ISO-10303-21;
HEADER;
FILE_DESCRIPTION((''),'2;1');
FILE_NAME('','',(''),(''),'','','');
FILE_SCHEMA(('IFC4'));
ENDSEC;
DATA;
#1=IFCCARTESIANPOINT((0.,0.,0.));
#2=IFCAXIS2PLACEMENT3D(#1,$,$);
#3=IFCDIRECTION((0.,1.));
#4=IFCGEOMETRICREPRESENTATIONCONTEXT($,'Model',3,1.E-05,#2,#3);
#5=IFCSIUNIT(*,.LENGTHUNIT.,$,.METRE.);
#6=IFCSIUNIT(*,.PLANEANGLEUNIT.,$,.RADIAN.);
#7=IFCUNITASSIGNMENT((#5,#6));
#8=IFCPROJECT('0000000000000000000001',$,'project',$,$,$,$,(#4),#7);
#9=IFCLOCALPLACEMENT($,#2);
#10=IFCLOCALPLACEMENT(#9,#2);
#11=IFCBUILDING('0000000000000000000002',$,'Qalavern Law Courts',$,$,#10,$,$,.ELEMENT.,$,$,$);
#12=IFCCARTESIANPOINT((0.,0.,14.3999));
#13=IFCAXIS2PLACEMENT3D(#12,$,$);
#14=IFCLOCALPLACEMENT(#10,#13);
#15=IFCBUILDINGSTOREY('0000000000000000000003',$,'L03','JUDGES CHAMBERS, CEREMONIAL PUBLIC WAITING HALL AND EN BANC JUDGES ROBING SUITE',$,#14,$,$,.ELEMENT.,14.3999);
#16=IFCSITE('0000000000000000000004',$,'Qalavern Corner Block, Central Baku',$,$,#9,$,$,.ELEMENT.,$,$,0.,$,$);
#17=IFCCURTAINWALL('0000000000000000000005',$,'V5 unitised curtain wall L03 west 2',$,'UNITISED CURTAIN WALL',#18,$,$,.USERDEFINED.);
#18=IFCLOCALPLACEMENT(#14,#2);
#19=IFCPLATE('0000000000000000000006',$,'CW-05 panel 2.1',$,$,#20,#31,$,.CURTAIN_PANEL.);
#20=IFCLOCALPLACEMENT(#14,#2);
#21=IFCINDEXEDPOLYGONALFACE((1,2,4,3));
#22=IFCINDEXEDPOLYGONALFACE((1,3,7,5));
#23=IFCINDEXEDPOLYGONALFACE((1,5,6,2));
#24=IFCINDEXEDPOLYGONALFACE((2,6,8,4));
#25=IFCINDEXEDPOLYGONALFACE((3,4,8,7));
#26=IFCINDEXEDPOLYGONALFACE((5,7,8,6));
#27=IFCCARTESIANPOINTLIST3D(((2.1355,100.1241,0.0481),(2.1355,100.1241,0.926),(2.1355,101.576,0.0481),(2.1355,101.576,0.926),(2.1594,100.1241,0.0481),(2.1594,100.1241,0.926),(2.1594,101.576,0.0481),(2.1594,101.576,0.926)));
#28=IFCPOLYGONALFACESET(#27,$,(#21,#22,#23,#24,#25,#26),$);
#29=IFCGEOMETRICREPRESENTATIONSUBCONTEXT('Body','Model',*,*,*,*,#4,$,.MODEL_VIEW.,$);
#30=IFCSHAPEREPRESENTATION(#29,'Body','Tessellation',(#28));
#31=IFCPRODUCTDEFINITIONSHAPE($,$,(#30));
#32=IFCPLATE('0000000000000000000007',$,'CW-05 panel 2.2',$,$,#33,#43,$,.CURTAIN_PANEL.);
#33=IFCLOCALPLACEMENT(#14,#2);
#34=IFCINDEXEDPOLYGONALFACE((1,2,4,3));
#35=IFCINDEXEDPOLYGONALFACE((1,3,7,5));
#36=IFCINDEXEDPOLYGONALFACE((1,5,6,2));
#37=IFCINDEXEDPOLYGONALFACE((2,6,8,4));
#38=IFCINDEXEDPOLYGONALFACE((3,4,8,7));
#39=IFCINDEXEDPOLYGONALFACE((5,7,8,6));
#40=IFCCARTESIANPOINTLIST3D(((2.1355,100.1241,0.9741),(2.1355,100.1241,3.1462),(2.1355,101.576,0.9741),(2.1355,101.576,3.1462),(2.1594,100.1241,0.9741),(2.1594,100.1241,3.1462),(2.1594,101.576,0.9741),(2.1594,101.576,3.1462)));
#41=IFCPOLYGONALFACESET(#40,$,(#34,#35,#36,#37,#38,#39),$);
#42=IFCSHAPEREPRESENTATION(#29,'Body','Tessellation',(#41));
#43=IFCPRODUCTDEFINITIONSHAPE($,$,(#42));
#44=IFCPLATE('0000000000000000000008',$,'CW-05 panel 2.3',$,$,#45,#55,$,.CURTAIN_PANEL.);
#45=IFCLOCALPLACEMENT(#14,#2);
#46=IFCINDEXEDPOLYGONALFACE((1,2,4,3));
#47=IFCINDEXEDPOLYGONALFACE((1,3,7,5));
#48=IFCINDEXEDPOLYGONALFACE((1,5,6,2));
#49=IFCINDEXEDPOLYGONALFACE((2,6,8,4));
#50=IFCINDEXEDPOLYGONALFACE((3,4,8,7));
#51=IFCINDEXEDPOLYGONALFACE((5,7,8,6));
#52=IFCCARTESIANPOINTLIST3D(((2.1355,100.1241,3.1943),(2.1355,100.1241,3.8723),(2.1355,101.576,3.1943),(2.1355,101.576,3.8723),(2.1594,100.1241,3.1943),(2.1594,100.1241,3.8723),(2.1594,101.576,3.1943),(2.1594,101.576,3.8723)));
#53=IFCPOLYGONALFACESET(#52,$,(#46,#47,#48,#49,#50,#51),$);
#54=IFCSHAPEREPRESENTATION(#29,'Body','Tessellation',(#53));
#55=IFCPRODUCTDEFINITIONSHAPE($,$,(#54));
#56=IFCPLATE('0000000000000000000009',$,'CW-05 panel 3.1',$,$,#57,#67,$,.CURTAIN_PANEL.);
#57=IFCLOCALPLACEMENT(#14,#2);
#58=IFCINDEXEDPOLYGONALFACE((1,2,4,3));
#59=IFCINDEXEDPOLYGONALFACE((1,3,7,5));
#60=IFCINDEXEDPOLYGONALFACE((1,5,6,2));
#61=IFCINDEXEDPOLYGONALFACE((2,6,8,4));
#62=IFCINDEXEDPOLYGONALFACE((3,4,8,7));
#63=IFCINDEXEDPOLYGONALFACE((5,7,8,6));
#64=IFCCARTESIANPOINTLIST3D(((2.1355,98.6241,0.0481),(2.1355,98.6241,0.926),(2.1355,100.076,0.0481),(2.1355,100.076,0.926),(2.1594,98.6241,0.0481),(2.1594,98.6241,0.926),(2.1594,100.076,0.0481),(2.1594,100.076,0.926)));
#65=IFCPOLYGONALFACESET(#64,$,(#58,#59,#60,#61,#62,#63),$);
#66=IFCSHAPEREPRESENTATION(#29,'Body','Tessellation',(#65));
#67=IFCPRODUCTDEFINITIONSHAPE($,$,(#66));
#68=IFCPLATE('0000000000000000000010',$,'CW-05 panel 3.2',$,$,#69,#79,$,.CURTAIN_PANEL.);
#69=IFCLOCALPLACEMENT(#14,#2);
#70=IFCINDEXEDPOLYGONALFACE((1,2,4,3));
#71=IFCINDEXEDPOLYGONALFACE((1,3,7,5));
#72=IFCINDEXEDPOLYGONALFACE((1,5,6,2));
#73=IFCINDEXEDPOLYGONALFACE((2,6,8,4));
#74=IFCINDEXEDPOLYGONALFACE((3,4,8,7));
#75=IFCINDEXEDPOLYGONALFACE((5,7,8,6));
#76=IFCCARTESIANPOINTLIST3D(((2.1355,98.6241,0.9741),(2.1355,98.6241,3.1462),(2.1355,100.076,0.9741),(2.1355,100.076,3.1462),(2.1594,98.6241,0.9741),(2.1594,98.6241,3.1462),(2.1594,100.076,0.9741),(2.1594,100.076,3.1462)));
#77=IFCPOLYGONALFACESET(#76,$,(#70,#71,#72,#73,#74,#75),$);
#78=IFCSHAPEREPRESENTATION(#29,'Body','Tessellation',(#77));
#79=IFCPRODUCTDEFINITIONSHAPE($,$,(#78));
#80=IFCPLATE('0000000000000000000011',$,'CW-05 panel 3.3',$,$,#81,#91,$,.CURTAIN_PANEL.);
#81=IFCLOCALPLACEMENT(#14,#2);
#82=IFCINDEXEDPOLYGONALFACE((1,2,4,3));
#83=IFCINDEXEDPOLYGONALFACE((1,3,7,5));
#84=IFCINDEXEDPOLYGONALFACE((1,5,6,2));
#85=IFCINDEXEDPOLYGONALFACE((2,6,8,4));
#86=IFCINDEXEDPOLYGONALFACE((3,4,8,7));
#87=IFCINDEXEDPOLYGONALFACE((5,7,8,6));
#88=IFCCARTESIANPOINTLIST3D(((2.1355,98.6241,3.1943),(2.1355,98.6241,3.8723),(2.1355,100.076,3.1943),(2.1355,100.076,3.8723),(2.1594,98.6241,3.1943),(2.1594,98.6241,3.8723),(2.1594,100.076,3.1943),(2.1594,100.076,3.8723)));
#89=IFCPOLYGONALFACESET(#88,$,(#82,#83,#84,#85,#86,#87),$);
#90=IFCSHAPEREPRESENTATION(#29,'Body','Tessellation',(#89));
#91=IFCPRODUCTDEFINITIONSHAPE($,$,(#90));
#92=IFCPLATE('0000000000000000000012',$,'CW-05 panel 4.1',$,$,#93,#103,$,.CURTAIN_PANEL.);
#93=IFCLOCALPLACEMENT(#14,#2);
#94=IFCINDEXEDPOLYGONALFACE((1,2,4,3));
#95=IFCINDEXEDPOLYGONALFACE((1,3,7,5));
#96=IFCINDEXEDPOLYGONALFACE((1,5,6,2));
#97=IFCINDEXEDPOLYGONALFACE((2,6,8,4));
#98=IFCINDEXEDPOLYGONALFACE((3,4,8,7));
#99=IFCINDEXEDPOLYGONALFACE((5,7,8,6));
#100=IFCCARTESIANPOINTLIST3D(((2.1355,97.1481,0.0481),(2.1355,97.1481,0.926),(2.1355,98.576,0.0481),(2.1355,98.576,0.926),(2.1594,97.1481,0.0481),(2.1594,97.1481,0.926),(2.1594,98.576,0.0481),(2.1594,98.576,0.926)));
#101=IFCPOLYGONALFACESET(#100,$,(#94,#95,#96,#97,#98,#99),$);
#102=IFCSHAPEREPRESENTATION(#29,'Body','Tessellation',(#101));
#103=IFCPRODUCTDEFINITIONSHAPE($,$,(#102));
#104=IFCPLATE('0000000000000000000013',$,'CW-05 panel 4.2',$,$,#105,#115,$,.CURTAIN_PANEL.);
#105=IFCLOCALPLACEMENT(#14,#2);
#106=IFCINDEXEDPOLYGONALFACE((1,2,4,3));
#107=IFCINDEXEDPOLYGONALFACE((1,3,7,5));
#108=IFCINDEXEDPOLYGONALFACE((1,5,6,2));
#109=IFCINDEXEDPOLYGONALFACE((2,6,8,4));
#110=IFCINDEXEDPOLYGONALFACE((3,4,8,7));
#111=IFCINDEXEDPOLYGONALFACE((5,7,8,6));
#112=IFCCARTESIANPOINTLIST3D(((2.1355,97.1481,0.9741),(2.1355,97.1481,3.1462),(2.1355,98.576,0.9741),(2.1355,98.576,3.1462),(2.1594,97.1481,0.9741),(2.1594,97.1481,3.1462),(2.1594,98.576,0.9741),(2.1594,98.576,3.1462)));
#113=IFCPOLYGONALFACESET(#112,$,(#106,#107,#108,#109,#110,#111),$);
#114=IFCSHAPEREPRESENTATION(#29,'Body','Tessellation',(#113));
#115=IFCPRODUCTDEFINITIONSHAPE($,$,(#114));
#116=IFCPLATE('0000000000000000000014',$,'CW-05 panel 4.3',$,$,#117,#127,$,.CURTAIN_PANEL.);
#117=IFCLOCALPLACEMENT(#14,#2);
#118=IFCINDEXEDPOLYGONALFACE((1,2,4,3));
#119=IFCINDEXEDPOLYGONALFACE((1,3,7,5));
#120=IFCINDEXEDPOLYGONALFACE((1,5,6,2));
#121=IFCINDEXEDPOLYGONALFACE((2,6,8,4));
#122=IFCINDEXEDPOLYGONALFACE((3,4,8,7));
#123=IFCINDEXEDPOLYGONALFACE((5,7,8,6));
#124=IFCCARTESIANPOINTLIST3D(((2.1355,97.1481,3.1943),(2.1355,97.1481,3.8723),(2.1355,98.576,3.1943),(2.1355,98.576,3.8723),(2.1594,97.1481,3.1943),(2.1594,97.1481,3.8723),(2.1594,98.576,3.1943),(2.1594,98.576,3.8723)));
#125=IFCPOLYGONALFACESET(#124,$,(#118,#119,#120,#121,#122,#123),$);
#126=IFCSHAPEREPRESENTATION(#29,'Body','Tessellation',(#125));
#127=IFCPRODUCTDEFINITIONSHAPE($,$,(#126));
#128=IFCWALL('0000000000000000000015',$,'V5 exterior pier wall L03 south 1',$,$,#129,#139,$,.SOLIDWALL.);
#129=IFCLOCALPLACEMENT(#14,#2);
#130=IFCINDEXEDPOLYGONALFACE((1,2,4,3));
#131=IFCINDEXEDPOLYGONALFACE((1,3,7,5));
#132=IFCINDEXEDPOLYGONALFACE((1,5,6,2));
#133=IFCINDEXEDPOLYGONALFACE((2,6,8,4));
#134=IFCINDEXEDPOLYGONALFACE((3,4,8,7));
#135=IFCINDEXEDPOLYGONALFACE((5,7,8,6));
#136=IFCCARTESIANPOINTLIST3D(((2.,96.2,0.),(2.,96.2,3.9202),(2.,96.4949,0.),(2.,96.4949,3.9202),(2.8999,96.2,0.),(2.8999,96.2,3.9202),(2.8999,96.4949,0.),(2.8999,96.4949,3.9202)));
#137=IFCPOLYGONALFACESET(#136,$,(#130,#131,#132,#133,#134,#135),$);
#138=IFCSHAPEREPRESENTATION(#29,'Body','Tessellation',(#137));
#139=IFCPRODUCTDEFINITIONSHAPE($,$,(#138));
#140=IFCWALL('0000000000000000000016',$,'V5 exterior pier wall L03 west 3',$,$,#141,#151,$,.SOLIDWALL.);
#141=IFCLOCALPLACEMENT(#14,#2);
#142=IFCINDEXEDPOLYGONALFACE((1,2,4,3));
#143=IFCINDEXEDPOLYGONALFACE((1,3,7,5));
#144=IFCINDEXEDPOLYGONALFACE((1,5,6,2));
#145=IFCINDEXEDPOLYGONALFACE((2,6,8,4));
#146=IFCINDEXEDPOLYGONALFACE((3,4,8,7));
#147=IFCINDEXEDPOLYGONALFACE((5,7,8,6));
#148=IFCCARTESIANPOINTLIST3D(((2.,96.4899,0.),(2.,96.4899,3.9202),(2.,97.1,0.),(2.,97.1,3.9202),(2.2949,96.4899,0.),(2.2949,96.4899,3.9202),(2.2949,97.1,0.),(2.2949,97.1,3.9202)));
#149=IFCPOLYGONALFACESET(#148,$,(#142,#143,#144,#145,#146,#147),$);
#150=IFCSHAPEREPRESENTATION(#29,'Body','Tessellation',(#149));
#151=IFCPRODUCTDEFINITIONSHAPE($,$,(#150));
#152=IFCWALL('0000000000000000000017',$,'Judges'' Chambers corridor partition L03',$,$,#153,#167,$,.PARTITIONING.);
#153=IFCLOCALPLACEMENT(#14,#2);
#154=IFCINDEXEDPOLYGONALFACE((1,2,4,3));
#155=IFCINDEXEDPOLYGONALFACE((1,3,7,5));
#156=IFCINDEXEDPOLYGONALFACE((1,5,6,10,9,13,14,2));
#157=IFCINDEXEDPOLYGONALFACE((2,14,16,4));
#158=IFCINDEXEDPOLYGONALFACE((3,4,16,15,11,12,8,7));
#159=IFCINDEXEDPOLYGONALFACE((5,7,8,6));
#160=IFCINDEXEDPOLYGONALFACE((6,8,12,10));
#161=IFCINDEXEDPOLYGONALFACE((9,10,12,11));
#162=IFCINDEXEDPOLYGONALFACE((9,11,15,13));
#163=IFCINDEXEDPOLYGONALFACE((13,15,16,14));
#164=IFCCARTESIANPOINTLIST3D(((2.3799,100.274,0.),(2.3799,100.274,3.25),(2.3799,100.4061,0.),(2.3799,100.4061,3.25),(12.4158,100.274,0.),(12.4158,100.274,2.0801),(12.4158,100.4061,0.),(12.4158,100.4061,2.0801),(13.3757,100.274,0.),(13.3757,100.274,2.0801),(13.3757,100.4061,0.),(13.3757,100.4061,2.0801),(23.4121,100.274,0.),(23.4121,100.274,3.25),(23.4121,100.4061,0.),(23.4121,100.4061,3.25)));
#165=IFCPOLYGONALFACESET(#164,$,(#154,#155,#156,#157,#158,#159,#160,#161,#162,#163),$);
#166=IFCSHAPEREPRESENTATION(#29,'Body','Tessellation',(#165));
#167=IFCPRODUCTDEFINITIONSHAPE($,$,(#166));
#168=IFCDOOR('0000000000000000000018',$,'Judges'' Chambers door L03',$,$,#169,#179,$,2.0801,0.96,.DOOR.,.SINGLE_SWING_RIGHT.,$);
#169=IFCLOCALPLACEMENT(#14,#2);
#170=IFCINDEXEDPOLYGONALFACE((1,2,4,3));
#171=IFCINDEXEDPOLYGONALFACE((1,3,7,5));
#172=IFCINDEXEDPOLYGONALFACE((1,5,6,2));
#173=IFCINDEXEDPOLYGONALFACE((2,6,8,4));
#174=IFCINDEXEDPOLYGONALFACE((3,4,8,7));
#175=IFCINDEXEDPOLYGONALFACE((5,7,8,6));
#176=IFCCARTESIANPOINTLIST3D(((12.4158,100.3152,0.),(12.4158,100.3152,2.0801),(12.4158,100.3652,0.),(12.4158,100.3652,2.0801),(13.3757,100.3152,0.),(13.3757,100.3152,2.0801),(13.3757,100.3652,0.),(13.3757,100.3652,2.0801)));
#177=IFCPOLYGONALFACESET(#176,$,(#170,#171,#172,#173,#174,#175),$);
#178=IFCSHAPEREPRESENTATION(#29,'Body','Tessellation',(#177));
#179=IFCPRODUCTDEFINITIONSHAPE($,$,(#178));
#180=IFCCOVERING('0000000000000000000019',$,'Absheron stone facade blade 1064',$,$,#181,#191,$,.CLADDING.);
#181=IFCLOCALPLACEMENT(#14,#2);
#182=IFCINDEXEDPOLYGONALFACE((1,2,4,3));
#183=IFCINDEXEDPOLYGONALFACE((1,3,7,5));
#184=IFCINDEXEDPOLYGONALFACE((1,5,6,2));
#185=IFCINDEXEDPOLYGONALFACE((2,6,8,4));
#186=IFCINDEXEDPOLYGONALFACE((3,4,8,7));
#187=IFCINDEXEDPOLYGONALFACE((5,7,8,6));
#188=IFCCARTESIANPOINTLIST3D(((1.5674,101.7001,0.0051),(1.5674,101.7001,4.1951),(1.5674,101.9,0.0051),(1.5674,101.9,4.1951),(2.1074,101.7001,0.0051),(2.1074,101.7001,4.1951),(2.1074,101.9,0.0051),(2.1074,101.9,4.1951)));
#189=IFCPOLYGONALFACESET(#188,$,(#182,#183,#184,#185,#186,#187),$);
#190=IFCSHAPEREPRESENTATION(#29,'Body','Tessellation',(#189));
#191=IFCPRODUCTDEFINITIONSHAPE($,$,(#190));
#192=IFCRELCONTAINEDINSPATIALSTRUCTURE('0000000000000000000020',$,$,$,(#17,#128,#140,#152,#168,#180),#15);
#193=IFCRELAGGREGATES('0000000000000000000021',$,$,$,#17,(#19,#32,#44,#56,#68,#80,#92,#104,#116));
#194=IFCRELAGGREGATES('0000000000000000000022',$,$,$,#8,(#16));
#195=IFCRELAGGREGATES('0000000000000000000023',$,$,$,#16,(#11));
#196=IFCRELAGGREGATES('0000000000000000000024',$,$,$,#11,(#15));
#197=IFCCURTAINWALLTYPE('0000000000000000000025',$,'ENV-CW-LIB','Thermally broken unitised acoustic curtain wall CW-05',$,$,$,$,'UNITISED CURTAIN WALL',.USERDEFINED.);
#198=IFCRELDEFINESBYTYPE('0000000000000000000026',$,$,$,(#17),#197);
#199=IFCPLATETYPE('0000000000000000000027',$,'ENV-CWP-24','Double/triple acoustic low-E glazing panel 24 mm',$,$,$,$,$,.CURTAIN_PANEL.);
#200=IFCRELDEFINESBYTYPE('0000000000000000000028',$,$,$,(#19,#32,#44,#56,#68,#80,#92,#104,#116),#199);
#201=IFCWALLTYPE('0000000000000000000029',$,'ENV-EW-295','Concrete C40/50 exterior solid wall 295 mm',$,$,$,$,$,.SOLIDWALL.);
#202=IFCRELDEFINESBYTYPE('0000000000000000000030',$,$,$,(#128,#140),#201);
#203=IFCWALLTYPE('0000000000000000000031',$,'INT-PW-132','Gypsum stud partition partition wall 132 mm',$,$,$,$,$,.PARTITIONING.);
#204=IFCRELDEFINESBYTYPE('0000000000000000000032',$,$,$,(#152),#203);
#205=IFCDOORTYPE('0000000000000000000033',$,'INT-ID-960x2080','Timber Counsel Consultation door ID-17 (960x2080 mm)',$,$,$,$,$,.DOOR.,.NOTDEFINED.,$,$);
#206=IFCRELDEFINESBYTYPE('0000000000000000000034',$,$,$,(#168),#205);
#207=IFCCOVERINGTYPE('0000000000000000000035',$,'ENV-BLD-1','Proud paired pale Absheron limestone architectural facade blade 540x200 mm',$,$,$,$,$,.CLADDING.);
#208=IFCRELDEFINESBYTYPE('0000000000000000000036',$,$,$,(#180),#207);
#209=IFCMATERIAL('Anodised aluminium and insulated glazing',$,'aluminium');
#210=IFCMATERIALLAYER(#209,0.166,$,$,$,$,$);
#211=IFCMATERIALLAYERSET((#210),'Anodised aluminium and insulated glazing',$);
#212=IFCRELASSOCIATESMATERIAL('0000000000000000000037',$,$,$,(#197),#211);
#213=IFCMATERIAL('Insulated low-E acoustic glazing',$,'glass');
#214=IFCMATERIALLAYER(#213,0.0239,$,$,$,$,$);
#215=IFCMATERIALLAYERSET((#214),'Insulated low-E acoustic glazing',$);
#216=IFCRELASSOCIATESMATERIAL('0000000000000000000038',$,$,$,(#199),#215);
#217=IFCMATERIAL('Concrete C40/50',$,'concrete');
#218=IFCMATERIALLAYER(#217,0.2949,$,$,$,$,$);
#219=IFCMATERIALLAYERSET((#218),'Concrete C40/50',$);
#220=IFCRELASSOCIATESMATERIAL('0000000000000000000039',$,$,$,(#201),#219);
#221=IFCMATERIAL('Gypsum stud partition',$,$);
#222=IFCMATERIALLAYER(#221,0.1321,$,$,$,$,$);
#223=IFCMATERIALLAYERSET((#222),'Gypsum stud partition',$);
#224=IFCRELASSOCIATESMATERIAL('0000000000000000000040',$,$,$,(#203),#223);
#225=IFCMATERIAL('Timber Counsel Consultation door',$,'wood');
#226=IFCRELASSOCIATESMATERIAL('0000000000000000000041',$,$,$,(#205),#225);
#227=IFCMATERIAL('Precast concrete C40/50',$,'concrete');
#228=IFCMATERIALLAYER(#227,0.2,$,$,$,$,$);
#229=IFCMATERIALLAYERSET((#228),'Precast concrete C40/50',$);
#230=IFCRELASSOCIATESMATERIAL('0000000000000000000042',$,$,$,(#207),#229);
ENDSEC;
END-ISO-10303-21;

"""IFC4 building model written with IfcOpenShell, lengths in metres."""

from ifc_helpers import new_model, si_unit, direction, frame, frame_2d, origin, origin_2d, place, context, subcontext, project, spatial, rectangle, extrude, material, layer, layer_set, type_object, element, fill, aggregate, save


model = new_model("IFC4")

# Units and contexts
model_context = context("Model", 3, precision=1e-05, world=origin(), true_north=direction((0.0, 1.0)))
body_context = subcontext(model_context, "Body", "Model", "MODEL_VIEW")
ifc_project = project(units=[si_unit("LENGTHUNIT", "METRE"), si_unit("PLANEANGLEUNIT", "RADIAN")], contexts=[model_context])

# Site, building, storey
site_placement = place(None, origin())
site = spatial("IfcSite", under=ifc_project, at=site_placement, Name="Qalavern Corner Block, Central Baku", CompositionType="ELEMENT", RefElevation=0.0)
building_placement = place(site_placement, origin())
building = spatial("IfcBuilding", under=site, at=building_placement, Name="Qalavern Law Courts", CompositionType="ELEMENT")
storey_placement = place(building_placement, frame((0.0, 0.0, 14.3999)))
storey = spatial("IfcBuildingStorey", under=building, at=storey_placement, Name="L03", Description="JUDGES CHAMBERS, CEREMONIAL PUBLIC WAITING HALL AND EN BANC JUDGES ROBING SUITE", CompositionType="ELEMENT", Elevation=14.3999)

# Shared definitions
ifc_material_1 = material(Name="Anodised aluminium and insulated glazing", Category="aluminium")
ifc_layer_1 = layer(ifc_material_1, 0.166)
ifc_layer_set_1 = layer_set([ifc_layer_1], Name="Anodised aluminium and insulated glazing")
curtain_wall_type = type_object("IfcCurtainWallType", Name="ENV-CW-LIB", Description="Thermally broken unitised acoustic curtain wall CW-05", ElementType="UNITISED CURTAIN WALL", PredefinedType="USERDEFINED", material=ifc_layer_set_1)

# Curtain wall
curtain_wall_1_placement = place(storey_placement, origin())
curtain_wall_1 = element("IfcCurtainWall", 1, at=curtain_wall_1_placement, inside=storey, type_object=curtain_wall_type, Name="V5 unitised curtain wall L03 west 2", ObjectType="UNITISED CURTAIN WALL", PredefinedType="USERDEFINED")

# Shared definitions
ifc_material_2 = material(Name="Concrete C40/50", Category="concrete")

# Plates
ifc_material_3 = material(Name="Insulated low-E acoustic glazing", Category="glass")
ifc_layer_2 = layer(ifc_material_3, 0.0239)
ifc_layer_set_2 = layer_set([ifc_layer_2], Name="Insulated low-E acoustic glazing")
plate_type = type_object("IfcPlateType", Name="ENV-CWP-24", Description="Double/triple acoustic low-E glazing panel 24 mm", PredefinedType="CURTAIN_PANEL", material=ifc_layer_set_2)
plate_1_placement = place(storey_placement, frame((2.1475, 100.8501, 0.0481), z_axis=(0.0, 0.0, 1.0), x_axis=(0.0, -1.0, 0.0)))
plate_1 = element("IfcPlate", 2, at=plate_1_placement, type_object=plate_type, Name="CW-05 panel 2.1", PredefinedType="CURTAIN_PANEL", context=body_context, shape_type="SweptSolid", body=[
    extrude(rectangle(XDim=1.4519, YDim=0.0239, at=origin_2d()), origin(), (0.0, 0.0, 1.0), 0.8779),
])
plate_2_placement = place(storey_placement, frame((2.1475, 100.8501, 0.9741), z_axis=(0.0, 0.0, 1.0), x_axis=(0.0, -1.0, 0.0)))
plate_2 = element("IfcPlate", 3, at=plate_2_placement, type_object=plate_type, Name="CW-05 panel 2.2", PredefinedType="CURTAIN_PANEL", context=body_context, shape_type="SweptSolid", body=[
    extrude(rectangle(XDim=1.4519, YDim=0.0239, at=origin_2d()), origin(), (0.0, 0.0, 1.0), 2.1721),
])
plate_3_placement = place(storey_placement, frame((2.1475, 100.8501, 3.1943), z_axis=(0.0, 0.0, 1.0), x_axis=(0.0, -1.0, 0.0)))
plate_3 = element("IfcPlate", 4, at=plate_3_placement, type_object=plate_type, Name="CW-05 panel 2.3", PredefinedType="CURTAIN_PANEL", context=body_context, shape_type="SweptSolid", body=[
    extrude(rectangle(XDim=1.4519, YDim=0.0239, at=origin_2d()), origin(), (0.0, 0.0, 1.0), 0.678),
])
plate_4_placement = place(storey_placement, frame((2.1475, 99.3501, 0.0481), z_axis=(0.0, 0.0, 1.0), x_axis=(0.0, -1.0, 0.0)))
plate_4 = element("IfcPlate", 5, at=plate_4_placement, type_object=plate_type, Name="CW-05 panel 3.1", PredefinedType="CURTAIN_PANEL", context=body_context, shape_type="SweptSolid", body=[
    extrude(rectangle(XDim=1.4519, YDim=0.0239, at=origin_2d()), origin(), (0.0, 0.0, 1.0), 0.8779),
])
plate_5_placement = place(storey_placement, frame((2.1475, 99.3501, 0.9741), z_axis=(0.0, 0.0, 1.0), x_axis=(0.0, -1.0, 0.0)))
plate_5 = element("IfcPlate", 6, at=plate_5_placement, type_object=plate_type, Name="CW-05 panel 3.2", PredefinedType="CURTAIN_PANEL", context=body_context, shape_type="SweptSolid", body=[
    extrude(rectangle(XDim=1.4519, YDim=0.0239, at=origin_2d()), origin(), (0.0, 0.0, 1.0), 2.1721),
])
plate_6_placement = place(storey_placement, frame((2.1475, 99.3501, 3.1943), z_axis=(0.0, 0.0, 1.0), x_axis=(0.0, -1.0, 0.0)))
plate_6 = element("IfcPlate", 7, at=plate_6_placement, type_object=plate_type, Name="CW-05 panel 3.3", PredefinedType="CURTAIN_PANEL", context=body_context, shape_type="SweptSolid", body=[
    extrude(rectangle(XDim=1.4519, YDim=0.0239, at=origin_2d()), origin(), (0.0, 0.0, 1.0), 0.678),
])
plate_7_placement = place(storey_placement, frame((2.1475, 97.8621, 0.0481), z_axis=(0.0, 0.0, 1.0), x_axis=(0.0, -1.0, 0.0)))
plate_7 = element("IfcPlate", 8, at=plate_7_placement, type_object=plate_type, Name="CW-05 panel 4.1", PredefinedType="CURTAIN_PANEL", context=body_context, shape_type="SweptSolid", body=[
    extrude(rectangle(XDim=1.428, YDim=0.0239, at=origin_2d()), origin(), (0.0, 0.0, 1.0), 0.8779),
])
plate_8_placement = place(storey_placement, frame((2.1475, 97.8621, 0.9741), z_axis=(0.0, 0.0, 1.0), x_axis=(0.0, -1.0, 0.0)))
plate_8 = element("IfcPlate", 9, at=plate_8_placement, type_object=plate_type, Name="CW-05 panel 4.2", PredefinedType="CURTAIN_PANEL", context=body_context, shape_type="SweptSolid", body=[
    extrude(rectangle(XDim=1.428, YDim=0.0239, at=origin_2d()), origin(), (0.0, 0.0, 1.0), 2.1721),
])
plate_9_placement = place(storey_placement, frame((2.1475, 97.8621, 3.1943), z_axis=(0.0, 0.0, 1.0), x_axis=(0.0, -1.0, 0.0)))
plate_9 = element("IfcPlate", 10, at=plate_9_placement, type_object=plate_type, Name="CW-05 panel 4.3", PredefinedType="CURTAIN_PANEL", context=body_context, shape_type="SweptSolid", body=[
    extrude(rectangle(XDim=1.428, YDim=0.0239, at=origin_2d()), origin(), (0.0, 0.0, 1.0), 0.678),
])
aggregate(curtain_wall_1, [plate_1, plate_2, plate_3, plate_4, plate_5, plate_6, plate_7, plate_8, plate_9])

# Walls
ifc_layer_3 = layer(ifc_material_2, 0.2949)
ifc_layer_set_3 = layer_set([ifc_layer_3], Name="Concrete C40/50")
wall_type_1 = type_object("IfcWallType", Name="ENV-EW-295", Description="Concrete C40/50 exterior solid wall 295 mm", PredefinedType="SOLIDWALL", material=ifc_layer_set_3)
wall_1_placement = place(storey_placement, frame((2.0, 96.3474, 0.0), z_axis=(0.0, 0.0, 1.0), x_axis=(1.0, 0.0, 0.0)))
element("IfcWall", 11, at=wall_1_placement, inside=storey, type_object=wall_type_1, Name="V5 exterior pier wall L03 south 1", PredefinedType="SOLIDWALL", context=body_context, shape_type="SweptSolid", body=[
    extrude(rectangle(XDim=0.8999, YDim=0.2949, at=frame_2d((0.45, 0.0))), origin(), (0.0, 0.0, 1.0), 3.9202),
])
wall_2_placement = place(storey_placement, frame((2.1475, 97.1001, 0.0), z_axis=(0.0, 0.0, 1.0), x_axis=(0.0, -1.0, 0.0)))
element("IfcWall", 12, at=wall_2_placement, inside=storey, type_object=wall_type_1, Name="V5 exterior pier wall L03 west 3", PredefinedType="SOLIDWALL", context=body_context, shape_type="SweptSolid", body=[
    extrude(rectangle(XDim=0.6101, YDim=0.2949, at=frame_2d((0.3052, 0.0))), origin(), (0.0, 0.0, 1.0), 3.9202),
])

# Wall, opening, door
ifc_material_4 = material(Name="Gypsum stud partition")
ifc_layer_4 = layer(ifc_material_4, 0.1321)
ifc_layer_set_4 = layer_set([ifc_layer_4], Name="Gypsum stud partition")
wall_type_2 = type_object("IfcWallType", Name="INT-PW-132", Description="Gypsum stud partition partition wall 132 mm", PredefinedType="PARTITIONING", material=ifc_layer_set_4)
wall_3_placement = place(storey_placement, frame((2.3799, 100.3401, 0.0), z_axis=(0.0, 0.0, 1.0), x_axis=(1.0, 0.0, 0.0)))
wall_3 = element("IfcWall", 13, at=wall_3_placement, inside=storey, type_object=wall_type_2, Name="Judges' Chambers corridor partition L03", PredefinedType="PARTITIONING", context=body_context, shape_type="SweptSolid", body=[
    extrude(rectangle(XDim=21.0322, YDim=0.1321, at=frame_2d((10.5161, 0.0))), origin(), (0.0, 0.0, 1.0), 3.25),
])
opening_placement = place(wall_3_placement, frame((10.0359, 0.0, 0.0)))
opening = element("IfcOpeningElement", 14, at=opening_placement, cuts=wall_3, PredefinedType="OPENING", context=body_context, shape_type="SweptSolid", body=[
    extrude(rectangle(XDim=0.96, YDim=2.0801, at=frame_2d((0.48, 1.04))), frame((0.0, 0.0811, 0.0), z_axis=(0.0, -1.0, 0.0), x_axis=(1.0, 0.0, 0.0)), (0.0, 0.0, 1.0), 0.1619),
])
ifc_material_5 = material(Name="Timber Counsel Consultation door", Category="wood")
door_type = type_object("IfcDoorType", Name="INT-ID-960x2080", Description="Timber Counsel Consultation door ID-17 (960x2080 mm)", OperationType="NOTDEFINED", PredefinedType="DOOR", material=ifc_material_5)
door_placement = place(opening_placement, frame((0.96, 0.0, 0.0), z_axis=(0.0, 0.0, 1.0), x_axis=(-1.0, 0.0, 0.0)))
door = element("IfcDoor", 15, at=door_placement, inside=storey, type_object=door_type, Name="Judges' Chambers door L03", OperationType="SINGLE_SWING_RIGHT", OverallHeight=2.0801, OverallWidth=0.96, PredefinedType="DOOR", context=body_context, shape_type="SweptSolid", body=[
    extrude(rectangle(XDim=0.96, YDim=2.0801, at=frame_2d((0.48, 1.04))), frame((0.0, 0.0249, 0.0), z_axis=(0.0, -1.0, 0.0), x_axis=(1.0, 0.0, 0.0)), (0.0, 0.0, 1.0), 0.05),
])
fill(opening, door)

# Covering
ifc_material_6 = material(Name="Precast concrete C40/50", Category="concrete")
ifc_layer_5 = layer(ifc_material_6, 0.2)
ifc_layer_set_5 = layer_set([ifc_layer_5], Name="Precast concrete C40/50")
covering_type_1 = type_object("IfcCoveringType", Name="ENV-BLD-1", Description="Proud paired pale Absheron limestone architectural facade blade 540x200 mm", PredefinedType="CLADDING", material=ifc_layer_set_5)
covering_1_placement = place(storey_placement, frame((1.8374, 101.8, 0.0051), z_axis=(0.0, 0.0, 1.0), x_axis=(-1.0, 0.0, 0.0)))
element("IfcCovering", 16, at=covering_1_placement, inside=storey, type_object=covering_type_1, Name="Absheron stone facade blade 1064", PredefinedType="CLADDING", context=body_context, shape_type="SweptSolid", body=[
    extrude(rectangle(XDim=0.54, YDim=0.2, at=origin_2d()), origin(), (0.0, 0.0, 1.0), 4.1899),
])

save(model, "model.ifc")
